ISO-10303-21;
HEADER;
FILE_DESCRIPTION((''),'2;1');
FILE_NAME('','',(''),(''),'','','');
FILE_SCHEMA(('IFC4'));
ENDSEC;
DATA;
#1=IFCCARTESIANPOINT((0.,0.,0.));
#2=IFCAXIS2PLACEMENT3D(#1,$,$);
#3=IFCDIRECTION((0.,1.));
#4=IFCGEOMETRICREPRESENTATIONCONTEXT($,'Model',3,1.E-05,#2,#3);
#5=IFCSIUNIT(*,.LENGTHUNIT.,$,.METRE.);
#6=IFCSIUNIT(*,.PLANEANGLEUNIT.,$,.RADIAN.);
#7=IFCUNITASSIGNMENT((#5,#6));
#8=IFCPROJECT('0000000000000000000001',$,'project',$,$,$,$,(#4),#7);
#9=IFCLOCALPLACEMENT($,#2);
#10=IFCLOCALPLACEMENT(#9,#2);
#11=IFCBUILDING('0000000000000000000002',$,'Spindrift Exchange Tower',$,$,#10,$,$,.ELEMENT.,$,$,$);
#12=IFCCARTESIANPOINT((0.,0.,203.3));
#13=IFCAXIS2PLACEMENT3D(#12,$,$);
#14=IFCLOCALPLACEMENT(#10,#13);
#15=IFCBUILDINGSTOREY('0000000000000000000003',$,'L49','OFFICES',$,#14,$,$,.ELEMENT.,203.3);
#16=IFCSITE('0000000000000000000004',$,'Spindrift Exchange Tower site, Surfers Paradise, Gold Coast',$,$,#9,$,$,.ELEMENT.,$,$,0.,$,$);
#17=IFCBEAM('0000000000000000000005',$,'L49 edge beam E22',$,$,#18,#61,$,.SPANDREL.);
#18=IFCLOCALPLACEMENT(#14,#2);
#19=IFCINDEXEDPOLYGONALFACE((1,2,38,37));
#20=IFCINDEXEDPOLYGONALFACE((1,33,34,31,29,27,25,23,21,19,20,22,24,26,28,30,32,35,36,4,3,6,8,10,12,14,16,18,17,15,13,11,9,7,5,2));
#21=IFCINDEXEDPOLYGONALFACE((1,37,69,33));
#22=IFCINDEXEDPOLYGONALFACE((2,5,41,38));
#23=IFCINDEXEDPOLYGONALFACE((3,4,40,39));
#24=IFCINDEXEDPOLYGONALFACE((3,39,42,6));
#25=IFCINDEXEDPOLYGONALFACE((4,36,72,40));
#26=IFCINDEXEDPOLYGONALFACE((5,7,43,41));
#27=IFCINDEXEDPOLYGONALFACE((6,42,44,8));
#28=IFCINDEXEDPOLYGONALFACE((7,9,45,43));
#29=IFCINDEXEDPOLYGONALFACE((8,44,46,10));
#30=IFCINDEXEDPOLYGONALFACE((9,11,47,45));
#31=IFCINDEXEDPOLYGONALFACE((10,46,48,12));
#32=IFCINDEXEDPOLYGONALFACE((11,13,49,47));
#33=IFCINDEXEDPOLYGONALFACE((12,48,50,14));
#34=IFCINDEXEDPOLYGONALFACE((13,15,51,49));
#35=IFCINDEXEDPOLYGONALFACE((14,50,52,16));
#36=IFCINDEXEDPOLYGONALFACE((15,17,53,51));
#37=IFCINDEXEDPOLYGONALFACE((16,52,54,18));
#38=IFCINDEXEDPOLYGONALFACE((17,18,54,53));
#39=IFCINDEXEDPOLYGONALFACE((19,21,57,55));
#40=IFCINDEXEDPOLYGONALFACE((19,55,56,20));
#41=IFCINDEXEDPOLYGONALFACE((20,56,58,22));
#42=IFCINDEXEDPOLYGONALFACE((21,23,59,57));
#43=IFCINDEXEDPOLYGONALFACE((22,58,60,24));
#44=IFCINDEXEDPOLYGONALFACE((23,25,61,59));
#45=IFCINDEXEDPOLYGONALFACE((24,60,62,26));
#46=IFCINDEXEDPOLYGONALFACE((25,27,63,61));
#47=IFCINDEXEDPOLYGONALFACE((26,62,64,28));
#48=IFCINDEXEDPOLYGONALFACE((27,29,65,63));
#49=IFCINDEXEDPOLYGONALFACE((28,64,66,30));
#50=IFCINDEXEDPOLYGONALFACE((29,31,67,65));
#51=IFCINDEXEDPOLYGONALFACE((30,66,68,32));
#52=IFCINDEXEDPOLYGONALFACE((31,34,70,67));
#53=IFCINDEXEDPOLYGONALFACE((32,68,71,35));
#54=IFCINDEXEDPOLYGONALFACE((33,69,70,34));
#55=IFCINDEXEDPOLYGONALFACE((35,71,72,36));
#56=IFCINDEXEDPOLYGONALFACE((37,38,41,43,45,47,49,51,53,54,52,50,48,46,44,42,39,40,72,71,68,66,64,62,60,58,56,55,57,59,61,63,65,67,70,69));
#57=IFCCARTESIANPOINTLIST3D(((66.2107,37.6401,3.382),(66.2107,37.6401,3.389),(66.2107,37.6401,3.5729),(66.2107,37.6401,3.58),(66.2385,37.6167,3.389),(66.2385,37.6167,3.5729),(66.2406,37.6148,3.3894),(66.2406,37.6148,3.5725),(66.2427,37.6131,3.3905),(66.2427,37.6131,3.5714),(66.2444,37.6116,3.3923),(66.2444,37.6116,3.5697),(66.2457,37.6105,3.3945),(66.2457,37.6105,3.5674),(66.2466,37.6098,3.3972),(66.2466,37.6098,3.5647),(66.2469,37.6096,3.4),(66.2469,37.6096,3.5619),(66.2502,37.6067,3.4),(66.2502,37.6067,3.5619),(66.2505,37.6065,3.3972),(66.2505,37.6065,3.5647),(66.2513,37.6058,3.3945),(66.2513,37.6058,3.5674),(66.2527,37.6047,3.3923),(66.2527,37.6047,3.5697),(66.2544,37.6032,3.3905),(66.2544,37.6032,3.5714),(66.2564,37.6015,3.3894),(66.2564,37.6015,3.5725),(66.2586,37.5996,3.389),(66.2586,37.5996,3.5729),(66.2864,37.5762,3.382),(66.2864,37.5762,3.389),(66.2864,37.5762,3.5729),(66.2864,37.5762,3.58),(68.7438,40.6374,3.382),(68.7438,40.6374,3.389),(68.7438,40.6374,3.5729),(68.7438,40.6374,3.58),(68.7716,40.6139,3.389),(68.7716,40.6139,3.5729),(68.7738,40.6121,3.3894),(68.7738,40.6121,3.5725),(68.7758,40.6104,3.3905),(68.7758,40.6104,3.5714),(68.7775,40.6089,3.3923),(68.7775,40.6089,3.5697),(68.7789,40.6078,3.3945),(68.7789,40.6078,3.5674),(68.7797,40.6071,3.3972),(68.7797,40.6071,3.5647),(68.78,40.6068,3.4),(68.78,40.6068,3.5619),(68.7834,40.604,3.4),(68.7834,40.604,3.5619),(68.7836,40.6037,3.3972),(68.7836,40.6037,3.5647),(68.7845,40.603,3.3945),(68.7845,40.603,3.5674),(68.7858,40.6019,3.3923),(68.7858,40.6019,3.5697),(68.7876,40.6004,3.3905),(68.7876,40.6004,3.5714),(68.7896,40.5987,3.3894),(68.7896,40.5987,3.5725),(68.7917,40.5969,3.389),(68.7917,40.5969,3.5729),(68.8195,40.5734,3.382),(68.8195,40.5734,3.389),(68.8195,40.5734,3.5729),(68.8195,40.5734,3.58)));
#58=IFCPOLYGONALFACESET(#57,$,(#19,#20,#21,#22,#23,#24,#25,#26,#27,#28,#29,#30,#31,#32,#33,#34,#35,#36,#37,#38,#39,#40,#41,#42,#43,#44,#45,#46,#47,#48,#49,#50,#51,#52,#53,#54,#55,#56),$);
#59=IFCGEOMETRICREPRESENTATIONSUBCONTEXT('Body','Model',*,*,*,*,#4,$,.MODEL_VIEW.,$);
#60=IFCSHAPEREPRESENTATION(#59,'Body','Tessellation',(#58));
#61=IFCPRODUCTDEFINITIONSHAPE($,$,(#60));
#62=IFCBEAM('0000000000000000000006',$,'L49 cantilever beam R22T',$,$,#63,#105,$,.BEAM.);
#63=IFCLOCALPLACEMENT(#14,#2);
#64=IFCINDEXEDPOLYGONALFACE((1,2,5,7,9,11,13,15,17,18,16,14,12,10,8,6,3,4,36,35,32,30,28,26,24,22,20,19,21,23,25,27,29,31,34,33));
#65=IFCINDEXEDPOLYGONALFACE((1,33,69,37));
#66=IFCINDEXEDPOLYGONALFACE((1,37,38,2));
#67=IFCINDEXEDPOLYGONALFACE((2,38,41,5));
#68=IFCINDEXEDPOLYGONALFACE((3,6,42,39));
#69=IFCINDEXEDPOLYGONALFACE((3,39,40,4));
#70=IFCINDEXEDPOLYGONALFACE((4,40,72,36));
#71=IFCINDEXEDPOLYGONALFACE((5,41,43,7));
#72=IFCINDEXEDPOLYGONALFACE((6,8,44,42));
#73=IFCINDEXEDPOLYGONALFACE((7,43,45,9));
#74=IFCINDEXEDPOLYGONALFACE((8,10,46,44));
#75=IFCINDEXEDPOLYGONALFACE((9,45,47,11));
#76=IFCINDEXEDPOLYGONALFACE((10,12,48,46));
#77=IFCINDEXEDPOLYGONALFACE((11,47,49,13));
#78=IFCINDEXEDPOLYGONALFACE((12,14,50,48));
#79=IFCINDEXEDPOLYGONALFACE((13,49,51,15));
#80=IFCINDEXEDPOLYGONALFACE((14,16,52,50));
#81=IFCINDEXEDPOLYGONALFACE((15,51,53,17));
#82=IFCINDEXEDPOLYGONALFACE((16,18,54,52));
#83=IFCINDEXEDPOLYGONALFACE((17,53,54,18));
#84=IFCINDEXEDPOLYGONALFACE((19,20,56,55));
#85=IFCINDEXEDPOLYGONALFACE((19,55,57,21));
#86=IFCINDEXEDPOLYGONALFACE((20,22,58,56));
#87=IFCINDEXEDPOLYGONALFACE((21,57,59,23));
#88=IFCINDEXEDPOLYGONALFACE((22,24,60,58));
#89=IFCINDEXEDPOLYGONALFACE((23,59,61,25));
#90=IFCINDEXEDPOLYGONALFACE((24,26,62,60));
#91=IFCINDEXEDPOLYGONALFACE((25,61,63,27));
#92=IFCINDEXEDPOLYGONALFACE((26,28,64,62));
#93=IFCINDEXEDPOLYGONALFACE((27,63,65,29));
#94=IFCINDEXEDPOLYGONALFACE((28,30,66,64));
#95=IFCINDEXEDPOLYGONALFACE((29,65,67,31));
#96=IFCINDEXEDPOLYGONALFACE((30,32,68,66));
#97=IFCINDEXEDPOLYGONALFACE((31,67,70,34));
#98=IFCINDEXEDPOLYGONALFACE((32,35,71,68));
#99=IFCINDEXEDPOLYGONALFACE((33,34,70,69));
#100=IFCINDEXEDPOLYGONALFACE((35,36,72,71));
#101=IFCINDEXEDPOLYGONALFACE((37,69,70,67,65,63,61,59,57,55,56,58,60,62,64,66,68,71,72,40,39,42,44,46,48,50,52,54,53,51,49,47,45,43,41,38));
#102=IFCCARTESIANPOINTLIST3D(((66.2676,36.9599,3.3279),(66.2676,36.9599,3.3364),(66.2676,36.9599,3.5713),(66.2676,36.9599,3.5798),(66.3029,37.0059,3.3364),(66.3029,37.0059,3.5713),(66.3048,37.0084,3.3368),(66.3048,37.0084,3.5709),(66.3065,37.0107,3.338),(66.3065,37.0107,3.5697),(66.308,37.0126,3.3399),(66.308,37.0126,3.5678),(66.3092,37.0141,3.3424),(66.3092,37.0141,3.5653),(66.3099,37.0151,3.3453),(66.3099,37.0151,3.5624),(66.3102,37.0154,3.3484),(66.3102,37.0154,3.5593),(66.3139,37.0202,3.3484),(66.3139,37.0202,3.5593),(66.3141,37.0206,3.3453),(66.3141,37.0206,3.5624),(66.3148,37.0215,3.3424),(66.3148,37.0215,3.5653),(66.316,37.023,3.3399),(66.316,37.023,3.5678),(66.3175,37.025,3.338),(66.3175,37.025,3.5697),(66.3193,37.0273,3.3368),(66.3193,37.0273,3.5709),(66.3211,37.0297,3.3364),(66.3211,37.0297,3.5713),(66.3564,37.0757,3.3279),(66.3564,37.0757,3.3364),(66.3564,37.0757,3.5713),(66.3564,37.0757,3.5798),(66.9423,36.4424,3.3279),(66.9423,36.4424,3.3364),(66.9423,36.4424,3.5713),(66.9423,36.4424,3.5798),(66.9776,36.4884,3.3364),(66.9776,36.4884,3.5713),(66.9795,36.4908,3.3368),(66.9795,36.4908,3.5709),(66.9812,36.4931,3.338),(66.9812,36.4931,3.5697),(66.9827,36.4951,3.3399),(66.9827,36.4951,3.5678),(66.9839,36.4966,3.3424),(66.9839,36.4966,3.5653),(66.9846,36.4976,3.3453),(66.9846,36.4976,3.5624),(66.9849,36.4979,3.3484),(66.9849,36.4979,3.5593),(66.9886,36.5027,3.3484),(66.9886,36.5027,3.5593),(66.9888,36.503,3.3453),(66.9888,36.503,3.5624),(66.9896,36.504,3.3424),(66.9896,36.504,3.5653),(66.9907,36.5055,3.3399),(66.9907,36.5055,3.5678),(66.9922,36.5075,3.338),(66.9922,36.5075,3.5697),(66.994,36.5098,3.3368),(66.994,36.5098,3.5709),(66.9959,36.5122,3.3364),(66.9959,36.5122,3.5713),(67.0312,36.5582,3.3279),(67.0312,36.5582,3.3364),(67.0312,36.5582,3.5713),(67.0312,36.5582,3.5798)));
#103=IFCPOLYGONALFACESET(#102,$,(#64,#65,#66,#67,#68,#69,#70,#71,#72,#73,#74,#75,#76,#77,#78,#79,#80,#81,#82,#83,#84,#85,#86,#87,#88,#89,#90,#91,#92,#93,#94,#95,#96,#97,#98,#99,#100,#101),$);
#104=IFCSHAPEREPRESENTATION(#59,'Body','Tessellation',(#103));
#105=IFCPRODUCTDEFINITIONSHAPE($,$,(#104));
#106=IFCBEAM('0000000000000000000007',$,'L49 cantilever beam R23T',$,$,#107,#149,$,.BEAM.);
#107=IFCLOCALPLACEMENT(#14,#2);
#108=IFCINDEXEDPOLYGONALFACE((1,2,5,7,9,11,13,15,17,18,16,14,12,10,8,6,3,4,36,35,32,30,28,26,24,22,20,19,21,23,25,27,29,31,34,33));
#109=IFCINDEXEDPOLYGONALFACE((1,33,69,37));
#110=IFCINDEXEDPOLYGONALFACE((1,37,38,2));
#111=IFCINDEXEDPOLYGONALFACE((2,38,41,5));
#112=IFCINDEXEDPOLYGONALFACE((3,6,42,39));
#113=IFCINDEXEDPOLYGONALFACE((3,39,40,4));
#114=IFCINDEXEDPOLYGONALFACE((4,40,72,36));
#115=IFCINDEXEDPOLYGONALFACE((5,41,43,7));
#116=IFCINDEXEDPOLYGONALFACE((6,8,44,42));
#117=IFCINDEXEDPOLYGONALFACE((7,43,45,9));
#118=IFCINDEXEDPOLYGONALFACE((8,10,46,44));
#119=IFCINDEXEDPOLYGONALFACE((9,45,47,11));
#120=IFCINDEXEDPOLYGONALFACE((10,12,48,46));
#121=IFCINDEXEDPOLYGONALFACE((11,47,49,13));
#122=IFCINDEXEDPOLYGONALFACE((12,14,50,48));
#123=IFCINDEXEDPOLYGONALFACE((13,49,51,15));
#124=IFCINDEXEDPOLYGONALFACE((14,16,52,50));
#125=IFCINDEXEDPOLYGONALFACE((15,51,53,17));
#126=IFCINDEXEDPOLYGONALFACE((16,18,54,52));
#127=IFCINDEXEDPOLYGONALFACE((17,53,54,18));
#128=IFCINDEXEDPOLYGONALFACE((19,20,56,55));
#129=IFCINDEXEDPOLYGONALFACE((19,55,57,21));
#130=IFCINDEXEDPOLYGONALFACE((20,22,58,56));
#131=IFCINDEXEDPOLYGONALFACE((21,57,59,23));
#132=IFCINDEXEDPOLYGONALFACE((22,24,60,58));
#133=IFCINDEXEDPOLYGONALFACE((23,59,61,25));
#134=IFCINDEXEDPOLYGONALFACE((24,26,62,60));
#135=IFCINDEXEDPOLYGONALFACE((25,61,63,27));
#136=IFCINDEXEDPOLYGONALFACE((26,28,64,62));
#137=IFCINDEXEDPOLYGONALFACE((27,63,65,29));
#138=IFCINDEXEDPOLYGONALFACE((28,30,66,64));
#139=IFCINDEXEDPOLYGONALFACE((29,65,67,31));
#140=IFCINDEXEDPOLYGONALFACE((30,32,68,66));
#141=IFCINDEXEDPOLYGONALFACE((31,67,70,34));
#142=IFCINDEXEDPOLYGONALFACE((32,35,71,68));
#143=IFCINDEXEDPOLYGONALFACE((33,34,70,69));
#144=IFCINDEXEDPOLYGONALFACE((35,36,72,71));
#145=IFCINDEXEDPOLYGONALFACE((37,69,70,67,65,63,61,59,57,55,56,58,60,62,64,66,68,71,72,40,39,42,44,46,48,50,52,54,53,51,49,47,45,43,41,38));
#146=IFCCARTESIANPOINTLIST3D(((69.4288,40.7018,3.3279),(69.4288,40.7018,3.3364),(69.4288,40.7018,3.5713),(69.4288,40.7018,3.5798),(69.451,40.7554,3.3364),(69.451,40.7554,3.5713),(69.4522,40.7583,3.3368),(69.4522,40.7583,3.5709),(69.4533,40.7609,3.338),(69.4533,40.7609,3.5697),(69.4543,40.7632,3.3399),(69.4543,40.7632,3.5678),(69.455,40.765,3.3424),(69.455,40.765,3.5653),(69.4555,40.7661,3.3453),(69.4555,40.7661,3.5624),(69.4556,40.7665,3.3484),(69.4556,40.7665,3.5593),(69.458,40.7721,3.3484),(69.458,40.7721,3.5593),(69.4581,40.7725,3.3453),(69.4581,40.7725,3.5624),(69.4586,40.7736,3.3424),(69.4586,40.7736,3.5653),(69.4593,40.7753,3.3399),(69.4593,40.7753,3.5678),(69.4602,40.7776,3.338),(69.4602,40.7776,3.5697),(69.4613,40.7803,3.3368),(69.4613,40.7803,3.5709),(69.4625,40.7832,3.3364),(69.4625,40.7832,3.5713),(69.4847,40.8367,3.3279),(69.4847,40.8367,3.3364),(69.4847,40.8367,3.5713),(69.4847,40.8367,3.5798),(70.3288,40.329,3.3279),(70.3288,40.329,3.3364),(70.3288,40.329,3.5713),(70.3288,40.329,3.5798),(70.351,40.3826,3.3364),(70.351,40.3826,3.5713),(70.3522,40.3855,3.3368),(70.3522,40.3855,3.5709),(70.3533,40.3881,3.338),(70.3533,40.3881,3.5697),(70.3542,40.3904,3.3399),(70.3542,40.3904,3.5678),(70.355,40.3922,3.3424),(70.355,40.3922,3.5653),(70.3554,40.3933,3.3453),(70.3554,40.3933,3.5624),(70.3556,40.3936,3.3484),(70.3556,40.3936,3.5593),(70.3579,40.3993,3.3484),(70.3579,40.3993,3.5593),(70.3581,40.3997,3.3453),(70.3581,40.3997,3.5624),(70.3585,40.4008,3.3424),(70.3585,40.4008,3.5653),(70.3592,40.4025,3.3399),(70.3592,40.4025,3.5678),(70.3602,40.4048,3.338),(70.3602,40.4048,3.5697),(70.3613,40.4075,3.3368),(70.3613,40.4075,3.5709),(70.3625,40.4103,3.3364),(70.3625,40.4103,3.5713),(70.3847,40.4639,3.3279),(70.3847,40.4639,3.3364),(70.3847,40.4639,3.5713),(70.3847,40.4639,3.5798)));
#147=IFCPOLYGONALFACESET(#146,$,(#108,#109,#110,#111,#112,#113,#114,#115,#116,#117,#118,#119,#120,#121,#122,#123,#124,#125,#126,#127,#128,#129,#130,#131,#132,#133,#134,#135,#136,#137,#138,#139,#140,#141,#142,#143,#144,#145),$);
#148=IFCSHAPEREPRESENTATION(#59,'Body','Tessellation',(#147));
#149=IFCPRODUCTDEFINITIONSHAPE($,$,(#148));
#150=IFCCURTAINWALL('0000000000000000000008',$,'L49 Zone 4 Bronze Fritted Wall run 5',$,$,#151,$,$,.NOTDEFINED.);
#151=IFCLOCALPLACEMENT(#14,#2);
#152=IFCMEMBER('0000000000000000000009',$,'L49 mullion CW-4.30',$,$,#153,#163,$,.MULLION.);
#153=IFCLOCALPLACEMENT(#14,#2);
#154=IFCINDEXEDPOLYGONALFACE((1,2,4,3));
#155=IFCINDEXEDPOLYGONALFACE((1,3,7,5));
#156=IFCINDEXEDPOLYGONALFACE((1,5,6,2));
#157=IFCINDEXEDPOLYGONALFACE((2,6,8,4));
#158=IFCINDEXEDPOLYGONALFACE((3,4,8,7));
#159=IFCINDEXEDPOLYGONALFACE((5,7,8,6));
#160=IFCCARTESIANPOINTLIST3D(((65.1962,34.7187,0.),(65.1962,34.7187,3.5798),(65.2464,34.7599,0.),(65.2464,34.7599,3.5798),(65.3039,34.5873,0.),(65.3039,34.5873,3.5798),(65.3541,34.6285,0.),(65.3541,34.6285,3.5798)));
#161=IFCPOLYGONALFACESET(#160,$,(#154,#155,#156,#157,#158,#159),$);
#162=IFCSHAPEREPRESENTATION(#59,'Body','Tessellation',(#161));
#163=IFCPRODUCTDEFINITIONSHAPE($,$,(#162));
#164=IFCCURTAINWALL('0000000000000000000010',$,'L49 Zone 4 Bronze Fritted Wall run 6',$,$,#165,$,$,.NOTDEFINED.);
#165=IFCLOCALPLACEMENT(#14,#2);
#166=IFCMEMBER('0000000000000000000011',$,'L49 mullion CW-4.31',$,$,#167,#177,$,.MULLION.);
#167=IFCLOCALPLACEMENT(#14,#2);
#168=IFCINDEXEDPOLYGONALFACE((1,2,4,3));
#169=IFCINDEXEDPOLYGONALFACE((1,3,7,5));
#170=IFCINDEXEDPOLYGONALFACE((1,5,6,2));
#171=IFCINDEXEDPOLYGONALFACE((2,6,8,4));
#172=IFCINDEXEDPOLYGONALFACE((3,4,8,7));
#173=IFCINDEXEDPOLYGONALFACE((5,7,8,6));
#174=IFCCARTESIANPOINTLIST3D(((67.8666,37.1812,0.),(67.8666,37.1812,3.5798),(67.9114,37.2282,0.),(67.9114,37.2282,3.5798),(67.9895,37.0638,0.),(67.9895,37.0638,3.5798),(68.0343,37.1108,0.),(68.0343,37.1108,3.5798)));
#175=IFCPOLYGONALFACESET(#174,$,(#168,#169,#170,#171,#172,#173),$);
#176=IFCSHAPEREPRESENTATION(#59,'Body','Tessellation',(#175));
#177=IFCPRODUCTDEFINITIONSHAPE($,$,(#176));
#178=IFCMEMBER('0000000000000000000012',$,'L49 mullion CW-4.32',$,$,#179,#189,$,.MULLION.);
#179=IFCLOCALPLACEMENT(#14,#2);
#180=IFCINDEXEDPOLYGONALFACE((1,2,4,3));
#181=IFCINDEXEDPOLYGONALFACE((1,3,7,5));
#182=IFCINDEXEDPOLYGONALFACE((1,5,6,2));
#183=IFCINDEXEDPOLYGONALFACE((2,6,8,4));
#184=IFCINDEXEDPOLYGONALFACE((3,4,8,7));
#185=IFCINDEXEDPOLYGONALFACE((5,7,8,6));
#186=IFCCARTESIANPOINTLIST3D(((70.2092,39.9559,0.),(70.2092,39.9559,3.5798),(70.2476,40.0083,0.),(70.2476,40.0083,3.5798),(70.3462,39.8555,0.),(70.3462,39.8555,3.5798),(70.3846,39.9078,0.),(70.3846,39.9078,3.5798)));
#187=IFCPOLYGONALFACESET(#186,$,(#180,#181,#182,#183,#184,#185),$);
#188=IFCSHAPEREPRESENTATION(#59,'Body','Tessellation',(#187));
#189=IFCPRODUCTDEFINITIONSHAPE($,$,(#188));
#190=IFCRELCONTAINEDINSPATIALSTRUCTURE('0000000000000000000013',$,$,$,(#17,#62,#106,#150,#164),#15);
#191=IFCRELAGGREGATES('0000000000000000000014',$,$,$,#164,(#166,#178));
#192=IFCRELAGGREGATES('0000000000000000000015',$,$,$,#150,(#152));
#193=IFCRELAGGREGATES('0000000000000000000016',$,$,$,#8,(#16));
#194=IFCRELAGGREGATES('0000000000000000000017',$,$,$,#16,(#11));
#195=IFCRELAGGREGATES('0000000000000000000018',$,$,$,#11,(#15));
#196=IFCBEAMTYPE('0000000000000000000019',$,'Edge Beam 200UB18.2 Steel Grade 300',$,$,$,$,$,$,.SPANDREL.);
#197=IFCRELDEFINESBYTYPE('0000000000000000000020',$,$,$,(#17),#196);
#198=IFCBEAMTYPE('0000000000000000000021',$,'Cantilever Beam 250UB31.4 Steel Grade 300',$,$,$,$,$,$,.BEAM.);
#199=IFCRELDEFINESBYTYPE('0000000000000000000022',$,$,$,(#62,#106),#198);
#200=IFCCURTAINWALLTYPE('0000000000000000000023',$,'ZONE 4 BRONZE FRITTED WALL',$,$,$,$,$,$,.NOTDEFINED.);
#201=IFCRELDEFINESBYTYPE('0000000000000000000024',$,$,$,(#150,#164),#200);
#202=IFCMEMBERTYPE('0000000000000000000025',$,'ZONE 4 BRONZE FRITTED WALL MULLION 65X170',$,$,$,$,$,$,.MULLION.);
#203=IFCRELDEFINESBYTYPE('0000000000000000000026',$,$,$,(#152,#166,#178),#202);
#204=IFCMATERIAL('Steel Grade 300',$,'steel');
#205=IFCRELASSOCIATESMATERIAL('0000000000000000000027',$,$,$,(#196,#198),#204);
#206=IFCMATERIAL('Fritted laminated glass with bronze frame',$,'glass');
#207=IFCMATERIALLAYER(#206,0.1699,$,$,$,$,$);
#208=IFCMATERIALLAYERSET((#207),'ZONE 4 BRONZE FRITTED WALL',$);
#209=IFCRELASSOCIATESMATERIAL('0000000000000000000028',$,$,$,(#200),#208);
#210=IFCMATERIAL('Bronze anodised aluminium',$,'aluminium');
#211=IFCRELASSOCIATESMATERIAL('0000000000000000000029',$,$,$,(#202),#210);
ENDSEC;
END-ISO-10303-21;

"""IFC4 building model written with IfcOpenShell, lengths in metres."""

from ifc_helpers import new_model, si_unit, direction, frame, origin, origin_2d, place, context, subcontext, project, spatial, rectangle, i_section, extrude, source, transform, mapped, material, layer, layer_set, material_profile, profile_set, type_object, element, aggregate, save


model = new_model("IFC4")

# Units and contexts
model_context = context("Model", 3, precision=1e-05, world=origin(), true_north=direction((0.0, 1.0)))
body_context = subcontext(model_context, "Body", "Model", "MODEL_VIEW")
ifc_project = project(units=[si_unit("LENGTHUNIT", "METRE"), si_unit("PLANEANGLEUNIT", "RADIAN")], contexts=[model_context])

# Site, building, storey
site_placement = place(None, origin())
site = spatial("IfcSite", under=ifc_project, at=site_placement, Name="Spindrift Exchange Tower site, Surfers Paradise, Gold Coast", CompositionType="ELEMENT", RefElevation=0.0)
building_placement = place(site_placement, origin())
building = spatial("IfcBuilding", under=site, at=building_placement, Name="Spindrift Exchange Tower", CompositionType="ELEMENT")
storey_placement = place(building_placement, frame((0.0, 0.0, 203.3)))
storey = spatial("IfcBuildingStorey", under=building, at=storey_placement, Name="L49", Description="OFFICES", CompositionType="ELEMENT", Elevation=203.3)

# Beams
ifc_material_1 = material(Name="Steel Grade 300", Category="steel")
ifc_material_profile_1 = material_profile(ifc_material_1, i_section(OverallWidth=0.0991, OverallDepth=0.198, WebThickness=0.0044, FlangeThickness=0.0071, FilletRadius=0.011, at=origin_2d()), Name="200UB18.2")
ifc_profile_set_1 = profile_set([ifc_material_profile_1], Name="Steel Grade 300")
beam_type_1 = type_object("IfcBeamType", Name="Edge Beam 200UB18.2 Steel Grade 300", PredefinedType="SPANDREL", material=ifc_profile_set_1)
shared_shape_1 = source(origin(), body_context, "Body", "SweptSolid", [
    extrude(i_section(OverallWidth=0.0991, OverallDepth=0.198, WebThickness=0.0044, FlangeThickness=0.0071, FilletRadius=0.011, at=origin_2d()), origin(), (0.0, 0.0, 1.0), 3.9243),
])
beam_1_placement = place(storey_placement, frame((66.2485, 37.6082, 3.481), z_axis=(0.645499, 0.763761, 0.0), x_axis=(-0.763761, 0.645499, 0.0)))
element("IfcBeam", 1, at=beam_1_placement, inside=storey, type_object=beam_type_1, Name="L49 edge beam E22", PredefinedType="SPANDREL", context=body_context, shape_type="MappedRepresentation", body=[
    mapped(shared_shape_1, transform((0.0, 0.0, 0.0), scale=1.0)),
])
ifc_material_profile_2 = material_profile(ifc_material_1, i_section(OverallWidth=0.146, OverallDepth=0.252, WebThickness=0.0061, FlangeThickness=0.0085, FilletRadius=0.012, at=origin_2d()), Name="250UB31.4")
ifc_profile_set_2 = profile_set([ifc_material_profile_2], Name="Steel Grade 300")
beam_type_2 = type_object("IfcBeamType", Name="Cantilever Beam 250UB31.4 Steel Grade 300", PredefinedType="BEAM", material=ifc_profile_set_2)
shared_shape_2 = source(origin(), body_context, "Body", "SweptSolid", [
    extrude(i_section(OverallWidth=0.146, OverallDepth=0.252, WebThickness=0.0061, FlangeThickness=0.0085, FilletRadius=0.012, at=origin_2d()), origin(), (0.0, 0.0, 1.0), 0.8503),
])
beam_2_placement = place(storey_placement, frame((66.312, 37.0178, 3.4539), z_axis=(0.793477, -0.6086, 0.0), x_axis=(0.6086, 0.793477, 0.0)))
element("IfcBeam", 2, at=beam_2_placement, inside=storey, type_object=beam_type_2, Name="L49 cantilever beam R22T", PredefinedType="BEAM", context=body_context, shape_type="MappedRepresentation", body=[
    mapped(shared_shape_2, transform((0.0, 0.0, 0.0), scale=1.0)),
])
shared_shape_3 = source(origin(), body_context, "Body", "SweptSolid", [
    extrude(i_section(OverallWidth=0.146, OverallDepth=0.252, WebThickness=0.0061, FlangeThickness=0.0085, FilletRadius=0.012, at=origin_2d()), origin(), (0.0, 0.0, 1.0), 0.9741),
])
beam_3_placement = place(storey_placement, frame((69.4568, 40.7693, 3.4539), z_axis=(0.923861, -0.382728, 0.0), x_axis=(0.382728, 0.923861, 0.0)))
element("IfcBeam", 3, at=beam_3_placement, inside=storey, type_object=beam_type_2, Name="L49 cantilever beam R23T", PredefinedType="BEAM", context=body_context, shape_type="MappedRepresentation", body=[
    mapped(shared_shape_3, transform((0.0, 0.0, 0.0), scale=1.0)),
])

# Curtain wall, member
ifc_material_2 = material(Name="Fritted laminated glass with bronze frame", Category="glass")
ifc_layer_1 = layer(ifc_material_2, 0.1699)
ifc_layer_set_1 = layer_set([ifc_layer_1], Name="ZONE 4 BRONZE FRITTED WALL")
curtain_wall_type = type_object("IfcCurtainWallType", Name="ZONE 4 BRONZE FRITTED WALL", PredefinedType="NOTDEFINED", material=ifc_layer_set_1)
curtain_wall_1_placement = place(storey_placement, origin())
curtain_wall_1 = element("IfcCurtainWall", 4, at=curtain_wall_1_placement, inside=storey, type_object=curtain_wall_type, Name="L49 Zone 4 Bronze Fritted Wall run 5", PredefinedType="NOTDEFINED")
ifc_material_3 = material(Name="Bronze anodised aluminium", Category="aluminium")
ifc_material_profile_3 = material_profile(ifc_material_3, rectangle(XDim=0.0649, YDim=0.1699, at=origin_2d()), Name="ZONE 4 BRONZE FRITTED WALL MULLION 65X170")
ifc_profile_set_3 = profile_set([ifc_material_profile_3], Name="Bronze anodised aluminium")
member_type_1 = type_object("IfcMemberType", Name="ZONE 4 BRONZE FRITTED WALL MULLION 65X170", PredefinedType="MULLION", material=ifc_profile_set_3)
shared_shape_4 = source(origin(), body_context, "Body", "SweptSolid", [
    extrude(rectangle(XDim=0.0649, YDim=0.1699, at=origin_2d()), origin(), (0.0, 0.0, 1.0), 3.5798),
])
member_1_placement = place(storey_placement, frame((65.2751, 34.6736, 0.0), z_axis=(0.0, 0.0, 1.0), x_axis=(0.773461, 0.633844, 0.0)))
member_1 = element("IfcMember", 5, at=member_1_placement, type_object=member_type_1, Name="L49 mullion CW-4.30", PredefinedType="MULLION", context=body_context, shape_type="MappedRepresentation", body=[
    mapped(shared_shape_4, transform((0.0, 0.0, 0.0), scale=1.0)),
])

# Curtain wall, members
curtain_wall_2_placement = place(storey_placement, origin())
curtain_wall_2 = element("IfcCurtainWall", 6, at=curtain_wall_2_placement, inside=storey, type_object=curtain_wall_type, Name="L49 Zone 4 Bronze Fritted Wall run 6", PredefinedType="NOTDEFINED")
member_2_placement = place(storey_placement, frame((67.9504, 37.146, 0.0), z_axis=(0.0, 0.0, 1.0), x_axis=(0.690661, 0.723178, 0.0)))
member_2 = element("IfcMember", 7, at=member_2_placement, type_object=member_type_1, Name="L49 mullion CW-4.31", PredefinedType="MULLION", context=body_context, shape_type="MappedRepresentation", body=[
    mapped(shared_shape_4, transform((0.0, 0.0, 0.0), scale=1.0)),
])
member_3_placement = place(storey_placement, frame((70.2969, 39.9319, 0.0), z_axis=(0.0, 0.0, 1.0), x_axis=(0.59122, 0.80651, 0.0)))
member_3 = element("IfcMember", 8, at=member_3_placement, type_object=member_type_1, Name="L49 mullion CW-4.32", PredefinedType="MULLION", context=body_context, shape_type="MappedRepresentation", body=[
    mapped(shared_shape_4, transform((0.0, 0.0, 0.0), scale=1.0)),
])

aggregate(curtain_wall_2, [member_2, member_3])
aggregate(curtain_wall_1, [member_1])

save(model, "model.ifc")
